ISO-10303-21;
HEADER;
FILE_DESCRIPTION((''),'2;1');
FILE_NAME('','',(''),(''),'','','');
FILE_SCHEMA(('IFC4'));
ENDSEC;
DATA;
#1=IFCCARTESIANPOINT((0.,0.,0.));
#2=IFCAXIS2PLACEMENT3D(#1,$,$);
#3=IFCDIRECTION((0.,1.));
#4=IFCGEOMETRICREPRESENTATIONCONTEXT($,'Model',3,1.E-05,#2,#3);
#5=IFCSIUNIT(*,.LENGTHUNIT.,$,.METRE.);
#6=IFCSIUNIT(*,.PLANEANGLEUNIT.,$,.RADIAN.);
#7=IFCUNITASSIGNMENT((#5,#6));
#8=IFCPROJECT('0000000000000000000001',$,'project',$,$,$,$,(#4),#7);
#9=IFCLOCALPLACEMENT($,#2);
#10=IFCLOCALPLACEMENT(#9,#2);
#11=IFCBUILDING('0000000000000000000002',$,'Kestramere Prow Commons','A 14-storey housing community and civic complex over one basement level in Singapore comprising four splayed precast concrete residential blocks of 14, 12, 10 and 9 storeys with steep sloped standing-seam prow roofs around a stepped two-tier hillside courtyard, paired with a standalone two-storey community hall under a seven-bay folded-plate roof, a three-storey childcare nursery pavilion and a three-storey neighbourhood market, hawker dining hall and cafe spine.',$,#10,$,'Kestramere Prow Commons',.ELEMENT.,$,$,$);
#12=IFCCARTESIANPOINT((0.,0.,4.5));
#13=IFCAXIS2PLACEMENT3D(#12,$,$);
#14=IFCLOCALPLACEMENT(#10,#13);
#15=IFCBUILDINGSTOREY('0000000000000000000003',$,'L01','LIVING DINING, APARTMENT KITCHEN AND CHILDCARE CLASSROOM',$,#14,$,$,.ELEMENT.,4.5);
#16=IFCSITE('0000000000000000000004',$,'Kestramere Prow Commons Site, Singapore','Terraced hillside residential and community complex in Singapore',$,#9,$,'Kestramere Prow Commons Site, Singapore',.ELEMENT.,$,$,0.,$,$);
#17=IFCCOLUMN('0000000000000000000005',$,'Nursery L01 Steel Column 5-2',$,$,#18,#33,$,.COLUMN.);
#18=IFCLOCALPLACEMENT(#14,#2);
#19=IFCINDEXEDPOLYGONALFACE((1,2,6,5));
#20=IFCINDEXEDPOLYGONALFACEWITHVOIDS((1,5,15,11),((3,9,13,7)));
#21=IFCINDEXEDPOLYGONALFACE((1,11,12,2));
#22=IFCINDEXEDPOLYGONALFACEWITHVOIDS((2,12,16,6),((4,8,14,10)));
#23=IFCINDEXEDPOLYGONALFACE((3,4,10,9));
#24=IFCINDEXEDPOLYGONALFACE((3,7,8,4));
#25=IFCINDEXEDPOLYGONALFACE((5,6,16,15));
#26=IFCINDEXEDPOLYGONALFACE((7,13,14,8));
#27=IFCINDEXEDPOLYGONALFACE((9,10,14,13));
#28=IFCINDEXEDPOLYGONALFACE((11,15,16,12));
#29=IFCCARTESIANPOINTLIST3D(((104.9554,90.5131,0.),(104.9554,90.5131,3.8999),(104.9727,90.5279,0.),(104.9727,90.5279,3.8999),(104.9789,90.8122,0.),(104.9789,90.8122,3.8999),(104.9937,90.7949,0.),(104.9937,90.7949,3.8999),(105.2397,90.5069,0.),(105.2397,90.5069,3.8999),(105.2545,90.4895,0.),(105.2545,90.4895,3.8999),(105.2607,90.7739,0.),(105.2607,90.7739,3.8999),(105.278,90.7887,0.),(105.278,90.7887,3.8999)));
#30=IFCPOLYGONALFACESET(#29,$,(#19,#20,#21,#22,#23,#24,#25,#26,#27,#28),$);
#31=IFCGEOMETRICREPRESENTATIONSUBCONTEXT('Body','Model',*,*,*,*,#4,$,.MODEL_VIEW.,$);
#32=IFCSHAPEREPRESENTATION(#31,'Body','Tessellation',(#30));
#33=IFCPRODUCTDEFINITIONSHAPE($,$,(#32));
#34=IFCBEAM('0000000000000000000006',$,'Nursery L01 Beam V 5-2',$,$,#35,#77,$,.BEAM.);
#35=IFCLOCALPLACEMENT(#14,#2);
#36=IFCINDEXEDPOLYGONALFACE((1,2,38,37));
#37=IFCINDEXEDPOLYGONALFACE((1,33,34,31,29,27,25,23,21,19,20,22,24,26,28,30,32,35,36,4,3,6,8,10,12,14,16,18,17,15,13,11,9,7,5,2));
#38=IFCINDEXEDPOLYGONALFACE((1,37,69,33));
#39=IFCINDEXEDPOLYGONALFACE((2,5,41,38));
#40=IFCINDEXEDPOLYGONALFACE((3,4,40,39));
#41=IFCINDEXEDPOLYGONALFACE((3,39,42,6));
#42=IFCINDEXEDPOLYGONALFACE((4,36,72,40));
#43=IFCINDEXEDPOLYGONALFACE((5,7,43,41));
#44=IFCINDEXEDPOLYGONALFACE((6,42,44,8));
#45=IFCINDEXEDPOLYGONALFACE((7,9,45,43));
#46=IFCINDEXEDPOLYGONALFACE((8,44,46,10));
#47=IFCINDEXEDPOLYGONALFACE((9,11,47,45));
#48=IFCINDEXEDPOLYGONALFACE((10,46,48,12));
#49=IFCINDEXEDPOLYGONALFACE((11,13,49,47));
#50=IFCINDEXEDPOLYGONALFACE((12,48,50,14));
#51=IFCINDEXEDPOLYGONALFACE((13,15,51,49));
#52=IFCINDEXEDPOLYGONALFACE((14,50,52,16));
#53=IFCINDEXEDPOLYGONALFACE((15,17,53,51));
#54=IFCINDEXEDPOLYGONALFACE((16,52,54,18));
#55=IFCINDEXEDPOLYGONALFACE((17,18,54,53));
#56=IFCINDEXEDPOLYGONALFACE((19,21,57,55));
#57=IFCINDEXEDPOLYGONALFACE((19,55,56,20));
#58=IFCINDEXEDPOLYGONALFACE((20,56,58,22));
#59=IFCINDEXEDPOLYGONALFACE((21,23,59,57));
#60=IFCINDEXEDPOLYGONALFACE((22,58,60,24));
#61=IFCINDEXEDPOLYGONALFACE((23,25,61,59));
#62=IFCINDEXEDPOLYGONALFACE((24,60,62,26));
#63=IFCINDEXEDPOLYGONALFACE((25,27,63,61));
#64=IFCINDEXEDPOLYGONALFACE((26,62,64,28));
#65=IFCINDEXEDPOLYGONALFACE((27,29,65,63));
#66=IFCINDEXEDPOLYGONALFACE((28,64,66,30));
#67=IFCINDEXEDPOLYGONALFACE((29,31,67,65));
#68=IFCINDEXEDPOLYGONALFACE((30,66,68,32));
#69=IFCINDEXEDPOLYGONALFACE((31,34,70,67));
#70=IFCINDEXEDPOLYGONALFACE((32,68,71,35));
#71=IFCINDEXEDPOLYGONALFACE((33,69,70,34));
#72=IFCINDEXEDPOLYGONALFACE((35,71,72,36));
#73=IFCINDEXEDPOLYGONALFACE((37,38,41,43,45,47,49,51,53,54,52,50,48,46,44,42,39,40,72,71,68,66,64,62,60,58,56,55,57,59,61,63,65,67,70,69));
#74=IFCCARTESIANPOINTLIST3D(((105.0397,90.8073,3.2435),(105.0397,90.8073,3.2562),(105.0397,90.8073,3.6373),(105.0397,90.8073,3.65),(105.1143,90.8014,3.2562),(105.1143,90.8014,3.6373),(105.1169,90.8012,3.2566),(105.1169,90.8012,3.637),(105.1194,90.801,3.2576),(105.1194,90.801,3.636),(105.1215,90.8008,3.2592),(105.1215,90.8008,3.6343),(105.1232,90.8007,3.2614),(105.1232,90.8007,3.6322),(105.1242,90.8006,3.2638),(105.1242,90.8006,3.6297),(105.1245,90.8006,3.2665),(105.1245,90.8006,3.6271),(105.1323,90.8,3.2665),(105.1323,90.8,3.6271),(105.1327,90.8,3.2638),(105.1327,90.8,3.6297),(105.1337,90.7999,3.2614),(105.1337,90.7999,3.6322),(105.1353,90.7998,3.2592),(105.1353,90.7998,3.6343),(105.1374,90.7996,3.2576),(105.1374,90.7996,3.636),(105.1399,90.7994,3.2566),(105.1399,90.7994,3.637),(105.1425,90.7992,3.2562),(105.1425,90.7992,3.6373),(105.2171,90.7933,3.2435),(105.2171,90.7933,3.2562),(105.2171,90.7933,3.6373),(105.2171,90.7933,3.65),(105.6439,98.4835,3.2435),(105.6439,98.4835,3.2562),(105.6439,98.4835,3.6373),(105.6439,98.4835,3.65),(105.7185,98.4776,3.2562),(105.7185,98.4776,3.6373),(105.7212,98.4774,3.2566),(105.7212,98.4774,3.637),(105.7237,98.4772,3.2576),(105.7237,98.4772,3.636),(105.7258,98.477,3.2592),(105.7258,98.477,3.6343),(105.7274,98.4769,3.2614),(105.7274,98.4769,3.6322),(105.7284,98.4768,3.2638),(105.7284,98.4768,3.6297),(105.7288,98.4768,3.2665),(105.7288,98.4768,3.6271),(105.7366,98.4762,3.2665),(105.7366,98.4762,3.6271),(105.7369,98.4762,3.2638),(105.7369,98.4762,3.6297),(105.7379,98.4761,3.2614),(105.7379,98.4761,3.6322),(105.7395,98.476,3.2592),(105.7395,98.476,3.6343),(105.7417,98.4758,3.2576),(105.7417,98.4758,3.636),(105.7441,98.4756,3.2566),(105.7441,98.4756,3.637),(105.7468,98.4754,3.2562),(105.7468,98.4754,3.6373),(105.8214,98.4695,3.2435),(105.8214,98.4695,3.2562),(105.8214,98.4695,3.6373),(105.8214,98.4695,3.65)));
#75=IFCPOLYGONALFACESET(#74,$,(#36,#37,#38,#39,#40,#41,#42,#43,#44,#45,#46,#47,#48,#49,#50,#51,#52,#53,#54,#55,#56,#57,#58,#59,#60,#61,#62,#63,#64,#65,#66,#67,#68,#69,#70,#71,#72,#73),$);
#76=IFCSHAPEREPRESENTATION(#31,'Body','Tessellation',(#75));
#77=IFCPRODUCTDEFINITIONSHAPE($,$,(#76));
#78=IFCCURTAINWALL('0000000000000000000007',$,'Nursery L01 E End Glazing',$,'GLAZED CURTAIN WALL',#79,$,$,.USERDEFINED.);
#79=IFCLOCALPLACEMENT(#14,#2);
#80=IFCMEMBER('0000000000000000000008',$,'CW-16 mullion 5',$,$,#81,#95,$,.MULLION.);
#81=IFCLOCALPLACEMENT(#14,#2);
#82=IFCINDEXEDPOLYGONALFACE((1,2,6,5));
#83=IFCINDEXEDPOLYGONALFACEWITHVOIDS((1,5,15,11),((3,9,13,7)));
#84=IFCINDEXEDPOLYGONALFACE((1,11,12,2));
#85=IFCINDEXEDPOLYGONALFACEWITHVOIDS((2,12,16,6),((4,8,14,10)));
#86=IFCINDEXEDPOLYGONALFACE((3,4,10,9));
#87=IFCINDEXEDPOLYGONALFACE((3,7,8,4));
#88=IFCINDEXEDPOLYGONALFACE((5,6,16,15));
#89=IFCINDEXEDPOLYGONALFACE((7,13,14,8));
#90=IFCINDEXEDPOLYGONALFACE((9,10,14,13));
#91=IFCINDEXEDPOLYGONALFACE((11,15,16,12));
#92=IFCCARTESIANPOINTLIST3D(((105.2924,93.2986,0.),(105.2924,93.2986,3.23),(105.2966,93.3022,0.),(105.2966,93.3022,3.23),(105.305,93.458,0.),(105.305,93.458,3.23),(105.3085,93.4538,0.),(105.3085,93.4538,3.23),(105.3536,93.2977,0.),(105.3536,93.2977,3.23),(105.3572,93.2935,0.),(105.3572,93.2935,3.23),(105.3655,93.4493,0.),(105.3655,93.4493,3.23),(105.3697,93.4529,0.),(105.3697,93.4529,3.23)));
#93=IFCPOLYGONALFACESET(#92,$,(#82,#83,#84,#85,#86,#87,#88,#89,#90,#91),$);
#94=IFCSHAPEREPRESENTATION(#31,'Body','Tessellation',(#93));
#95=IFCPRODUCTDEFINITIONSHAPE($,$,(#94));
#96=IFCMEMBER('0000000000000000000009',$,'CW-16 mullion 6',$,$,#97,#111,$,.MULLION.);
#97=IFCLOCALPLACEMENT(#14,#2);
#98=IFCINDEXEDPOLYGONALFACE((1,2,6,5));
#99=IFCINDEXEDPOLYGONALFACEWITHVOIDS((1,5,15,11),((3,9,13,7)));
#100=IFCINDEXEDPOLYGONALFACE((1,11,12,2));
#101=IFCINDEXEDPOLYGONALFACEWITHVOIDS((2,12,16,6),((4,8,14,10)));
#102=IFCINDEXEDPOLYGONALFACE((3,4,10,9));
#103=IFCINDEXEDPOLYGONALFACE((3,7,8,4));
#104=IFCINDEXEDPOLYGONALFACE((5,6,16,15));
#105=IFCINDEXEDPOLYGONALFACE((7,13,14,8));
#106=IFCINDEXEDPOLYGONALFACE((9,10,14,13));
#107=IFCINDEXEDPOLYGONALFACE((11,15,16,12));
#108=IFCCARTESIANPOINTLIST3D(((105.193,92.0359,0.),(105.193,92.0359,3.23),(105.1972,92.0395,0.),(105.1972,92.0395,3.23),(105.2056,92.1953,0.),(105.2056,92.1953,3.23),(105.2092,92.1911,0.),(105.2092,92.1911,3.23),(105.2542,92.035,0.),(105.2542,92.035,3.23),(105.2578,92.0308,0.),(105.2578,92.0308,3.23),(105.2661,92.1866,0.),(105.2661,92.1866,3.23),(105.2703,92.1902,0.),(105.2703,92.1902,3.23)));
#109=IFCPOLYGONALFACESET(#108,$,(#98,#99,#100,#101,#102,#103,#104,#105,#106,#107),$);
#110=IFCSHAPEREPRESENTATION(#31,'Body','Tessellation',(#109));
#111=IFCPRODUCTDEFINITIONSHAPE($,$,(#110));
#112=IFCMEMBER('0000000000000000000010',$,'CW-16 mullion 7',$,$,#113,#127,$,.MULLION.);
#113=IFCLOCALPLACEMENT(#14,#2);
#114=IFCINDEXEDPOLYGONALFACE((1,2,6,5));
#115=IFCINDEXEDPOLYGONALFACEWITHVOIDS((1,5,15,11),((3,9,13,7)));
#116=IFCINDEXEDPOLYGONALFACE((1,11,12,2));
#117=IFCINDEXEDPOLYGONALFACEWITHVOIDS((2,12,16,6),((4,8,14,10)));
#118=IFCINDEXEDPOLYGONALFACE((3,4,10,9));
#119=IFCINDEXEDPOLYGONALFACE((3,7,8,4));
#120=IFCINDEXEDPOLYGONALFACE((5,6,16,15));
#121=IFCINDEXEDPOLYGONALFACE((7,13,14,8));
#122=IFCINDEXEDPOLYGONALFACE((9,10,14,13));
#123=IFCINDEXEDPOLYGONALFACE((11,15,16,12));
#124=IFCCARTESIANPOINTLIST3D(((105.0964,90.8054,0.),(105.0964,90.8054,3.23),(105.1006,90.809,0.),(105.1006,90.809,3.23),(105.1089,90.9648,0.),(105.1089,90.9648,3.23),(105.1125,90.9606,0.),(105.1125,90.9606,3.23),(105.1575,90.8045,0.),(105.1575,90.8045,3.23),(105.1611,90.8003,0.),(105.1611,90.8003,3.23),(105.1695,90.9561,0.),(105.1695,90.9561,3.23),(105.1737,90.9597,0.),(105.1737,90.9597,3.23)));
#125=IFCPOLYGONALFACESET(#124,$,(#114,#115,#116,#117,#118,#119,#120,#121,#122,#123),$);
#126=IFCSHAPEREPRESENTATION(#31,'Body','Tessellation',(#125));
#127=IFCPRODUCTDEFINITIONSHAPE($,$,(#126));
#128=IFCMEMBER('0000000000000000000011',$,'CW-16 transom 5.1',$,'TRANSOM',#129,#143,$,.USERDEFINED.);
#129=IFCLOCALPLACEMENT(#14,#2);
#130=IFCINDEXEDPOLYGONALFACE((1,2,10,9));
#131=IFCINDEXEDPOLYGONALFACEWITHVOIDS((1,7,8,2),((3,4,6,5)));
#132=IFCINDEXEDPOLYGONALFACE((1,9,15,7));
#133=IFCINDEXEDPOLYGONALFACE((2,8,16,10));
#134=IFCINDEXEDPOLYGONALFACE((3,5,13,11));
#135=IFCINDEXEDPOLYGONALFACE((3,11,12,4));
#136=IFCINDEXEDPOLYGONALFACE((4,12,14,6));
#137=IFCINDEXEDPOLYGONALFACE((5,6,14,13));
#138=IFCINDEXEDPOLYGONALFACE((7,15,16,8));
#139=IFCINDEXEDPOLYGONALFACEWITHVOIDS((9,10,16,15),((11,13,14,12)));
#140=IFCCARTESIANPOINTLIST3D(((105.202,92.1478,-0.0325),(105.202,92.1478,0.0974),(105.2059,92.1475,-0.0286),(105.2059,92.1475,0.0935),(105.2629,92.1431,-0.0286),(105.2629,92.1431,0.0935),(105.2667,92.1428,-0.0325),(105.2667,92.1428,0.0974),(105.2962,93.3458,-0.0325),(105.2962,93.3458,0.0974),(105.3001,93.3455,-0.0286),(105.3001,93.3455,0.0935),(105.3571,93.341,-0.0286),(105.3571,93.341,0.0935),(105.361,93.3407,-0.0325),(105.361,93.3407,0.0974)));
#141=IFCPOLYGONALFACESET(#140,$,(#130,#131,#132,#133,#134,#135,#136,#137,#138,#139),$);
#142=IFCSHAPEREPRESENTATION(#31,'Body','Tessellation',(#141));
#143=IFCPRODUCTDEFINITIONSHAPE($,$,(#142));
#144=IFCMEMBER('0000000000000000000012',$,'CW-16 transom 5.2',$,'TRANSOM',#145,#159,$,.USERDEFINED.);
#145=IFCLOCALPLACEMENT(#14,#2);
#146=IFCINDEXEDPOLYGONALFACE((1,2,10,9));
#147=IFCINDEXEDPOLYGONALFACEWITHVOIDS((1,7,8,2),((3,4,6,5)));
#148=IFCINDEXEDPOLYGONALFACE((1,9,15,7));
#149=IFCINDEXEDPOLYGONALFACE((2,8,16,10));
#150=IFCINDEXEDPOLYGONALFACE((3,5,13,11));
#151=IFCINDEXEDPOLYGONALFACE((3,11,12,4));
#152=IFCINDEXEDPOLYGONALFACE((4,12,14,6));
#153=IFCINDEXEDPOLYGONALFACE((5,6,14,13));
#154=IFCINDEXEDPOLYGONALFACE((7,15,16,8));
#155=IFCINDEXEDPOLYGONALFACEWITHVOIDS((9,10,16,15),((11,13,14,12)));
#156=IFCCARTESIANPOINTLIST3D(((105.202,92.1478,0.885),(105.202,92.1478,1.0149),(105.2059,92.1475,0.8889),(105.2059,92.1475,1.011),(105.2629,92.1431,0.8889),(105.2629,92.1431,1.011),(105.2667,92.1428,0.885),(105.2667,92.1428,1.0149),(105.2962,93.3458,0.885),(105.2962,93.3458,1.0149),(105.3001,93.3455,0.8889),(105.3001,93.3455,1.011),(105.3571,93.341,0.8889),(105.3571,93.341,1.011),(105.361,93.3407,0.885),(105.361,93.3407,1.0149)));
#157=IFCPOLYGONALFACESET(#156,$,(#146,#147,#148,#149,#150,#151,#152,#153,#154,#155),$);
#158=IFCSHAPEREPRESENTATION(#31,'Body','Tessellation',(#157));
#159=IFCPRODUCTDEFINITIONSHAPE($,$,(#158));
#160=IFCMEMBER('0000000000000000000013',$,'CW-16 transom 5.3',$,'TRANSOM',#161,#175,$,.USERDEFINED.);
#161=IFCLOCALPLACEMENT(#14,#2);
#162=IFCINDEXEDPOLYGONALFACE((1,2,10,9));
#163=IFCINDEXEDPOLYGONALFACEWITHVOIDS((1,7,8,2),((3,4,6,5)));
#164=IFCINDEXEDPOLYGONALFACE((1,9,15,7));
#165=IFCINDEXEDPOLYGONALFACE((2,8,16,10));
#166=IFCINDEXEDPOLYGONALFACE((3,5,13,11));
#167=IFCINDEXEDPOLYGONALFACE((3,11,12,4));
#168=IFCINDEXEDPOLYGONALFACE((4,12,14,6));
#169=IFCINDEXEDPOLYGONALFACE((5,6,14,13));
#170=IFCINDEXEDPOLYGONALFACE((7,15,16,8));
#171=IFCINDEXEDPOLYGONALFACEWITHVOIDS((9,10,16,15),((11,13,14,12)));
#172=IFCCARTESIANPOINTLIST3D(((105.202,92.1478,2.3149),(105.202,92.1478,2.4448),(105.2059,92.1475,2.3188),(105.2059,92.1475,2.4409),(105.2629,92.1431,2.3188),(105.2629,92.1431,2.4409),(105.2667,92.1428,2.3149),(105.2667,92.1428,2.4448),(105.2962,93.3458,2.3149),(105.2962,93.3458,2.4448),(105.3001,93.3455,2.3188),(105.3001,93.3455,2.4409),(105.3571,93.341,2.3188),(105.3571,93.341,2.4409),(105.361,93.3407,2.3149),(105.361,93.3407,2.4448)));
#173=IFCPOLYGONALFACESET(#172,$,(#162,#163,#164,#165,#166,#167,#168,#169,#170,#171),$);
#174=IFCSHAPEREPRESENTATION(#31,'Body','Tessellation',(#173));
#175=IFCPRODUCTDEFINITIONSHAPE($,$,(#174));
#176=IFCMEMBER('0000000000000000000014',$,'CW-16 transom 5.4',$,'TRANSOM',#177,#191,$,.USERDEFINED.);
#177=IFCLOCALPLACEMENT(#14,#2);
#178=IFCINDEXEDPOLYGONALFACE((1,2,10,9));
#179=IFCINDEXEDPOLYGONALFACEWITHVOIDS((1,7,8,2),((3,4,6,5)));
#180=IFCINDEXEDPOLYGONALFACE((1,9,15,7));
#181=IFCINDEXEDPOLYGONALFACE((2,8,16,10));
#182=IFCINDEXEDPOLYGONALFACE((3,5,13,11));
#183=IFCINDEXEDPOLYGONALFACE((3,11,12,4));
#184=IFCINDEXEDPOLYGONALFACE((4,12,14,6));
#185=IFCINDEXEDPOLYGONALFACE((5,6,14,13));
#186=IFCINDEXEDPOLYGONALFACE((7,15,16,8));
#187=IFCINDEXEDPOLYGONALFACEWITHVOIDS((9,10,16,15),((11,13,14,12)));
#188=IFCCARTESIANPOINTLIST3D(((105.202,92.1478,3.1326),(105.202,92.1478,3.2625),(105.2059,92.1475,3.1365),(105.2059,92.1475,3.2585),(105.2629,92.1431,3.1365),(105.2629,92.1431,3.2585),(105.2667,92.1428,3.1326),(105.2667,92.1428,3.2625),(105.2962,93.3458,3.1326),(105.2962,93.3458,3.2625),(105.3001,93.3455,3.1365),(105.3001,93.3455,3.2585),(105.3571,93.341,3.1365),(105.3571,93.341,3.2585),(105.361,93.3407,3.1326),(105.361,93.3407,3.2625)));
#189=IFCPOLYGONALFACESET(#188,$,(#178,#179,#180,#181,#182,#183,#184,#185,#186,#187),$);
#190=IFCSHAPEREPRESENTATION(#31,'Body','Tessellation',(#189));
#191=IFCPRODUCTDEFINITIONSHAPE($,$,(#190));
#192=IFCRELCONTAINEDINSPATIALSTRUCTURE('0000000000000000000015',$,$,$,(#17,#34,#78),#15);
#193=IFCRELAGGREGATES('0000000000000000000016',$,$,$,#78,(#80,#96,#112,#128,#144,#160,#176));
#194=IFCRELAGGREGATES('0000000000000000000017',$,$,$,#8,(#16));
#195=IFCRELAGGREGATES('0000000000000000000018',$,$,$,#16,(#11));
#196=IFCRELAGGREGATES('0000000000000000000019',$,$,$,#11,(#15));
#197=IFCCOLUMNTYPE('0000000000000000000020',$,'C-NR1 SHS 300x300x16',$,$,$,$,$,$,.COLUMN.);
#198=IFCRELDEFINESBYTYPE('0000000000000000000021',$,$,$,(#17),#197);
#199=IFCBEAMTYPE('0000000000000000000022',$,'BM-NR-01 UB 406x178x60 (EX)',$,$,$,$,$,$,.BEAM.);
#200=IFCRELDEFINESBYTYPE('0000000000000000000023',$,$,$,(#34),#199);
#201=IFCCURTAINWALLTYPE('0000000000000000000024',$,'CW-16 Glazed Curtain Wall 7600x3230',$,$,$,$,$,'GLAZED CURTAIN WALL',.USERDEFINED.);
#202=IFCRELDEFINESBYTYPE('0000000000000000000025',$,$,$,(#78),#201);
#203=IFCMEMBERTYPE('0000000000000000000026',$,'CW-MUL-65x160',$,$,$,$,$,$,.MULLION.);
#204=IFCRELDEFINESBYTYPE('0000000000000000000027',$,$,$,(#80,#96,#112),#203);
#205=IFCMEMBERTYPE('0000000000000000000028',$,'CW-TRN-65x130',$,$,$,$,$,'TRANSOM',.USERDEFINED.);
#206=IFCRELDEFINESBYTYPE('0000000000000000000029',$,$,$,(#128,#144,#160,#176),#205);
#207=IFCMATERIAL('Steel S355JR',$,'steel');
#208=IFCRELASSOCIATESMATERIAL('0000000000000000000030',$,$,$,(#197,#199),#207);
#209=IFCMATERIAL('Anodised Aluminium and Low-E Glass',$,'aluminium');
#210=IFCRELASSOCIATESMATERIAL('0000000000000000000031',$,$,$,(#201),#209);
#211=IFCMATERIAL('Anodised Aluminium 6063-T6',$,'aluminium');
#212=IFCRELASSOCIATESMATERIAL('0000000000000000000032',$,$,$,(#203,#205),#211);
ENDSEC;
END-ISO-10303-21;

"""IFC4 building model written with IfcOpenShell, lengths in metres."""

from ifc_helpers import new_model, si_unit, direction, frame, origin, origin_2d, place, context, subcontext, project, spatial, hollow_rectangle, i_section, extrude, material, material_profile, profile_set, type_object, element, aggregate, save


model = new_model("IFC4")

# Units and contexts
model_context = context("Model", 3, precision=1e-05, world=origin(), true_north=direction((0.0, 1.0)))
body_context = subcontext(model_context, "Body", "Model", "MODEL_VIEW")
ifc_project = project(units=[si_unit("LENGTHUNIT", "METRE"), si_unit("PLANEANGLEUNIT", "RADIAN")], contexts=[model_context])

# Site, building, storey
site_placement = place(None, origin())
site = spatial("IfcSite", under=ifc_project, at=site_placement, Name="Kestramere Prow Commons Site, Singapore", Description="Terraced hillside residential and community complex in Singapore", LongName="Kestramere Prow Commons Site, Singapore", CompositionType="ELEMENT", RefElevation=0.0)
building_placement = place(site_placement, origin())
building = spatial("IfcBuilding", under=site, at=building_placement, Name="Kestramere Prow Commons", Description="A 14-storey housing community and civic complex over one basement level in Singapore comprising four splayed precast concrete residential blocks of 14, 12, 10 and 9 storeys with steep sloped standing-seam prow roofs around a stepped two-tier hillside courtyard, paired with a standalone two-storey community hall under a seven-bay folded-plate roof, a three-storey childcare nursery pavilion and a three-storey neighbourhood market, hawker dining hall and cafe spine.", LongName="Kestramere Prow Commons", CompositionType="ELEMENT")
storey_placement = place(building_placement, frame((0.0, 0.0, 4.5)))
storey = spatial("IfcBuildingStorey", under=building, at=storey_placement, Name="L01", Description="LIVING DINING, APARTMENT KITCHEN AND CHILDCARE CLASSROOM", CompositionType="ELEMENT", Elevation=4.5)

# Column
ifc_material_1 = material(Name="Steel S355JR", Category="steel")
ifc_material_profile_1 = material_profile(ifc_material_1, hollow_rectangle(XDim=0.3, YDim=0.3, WallThickness=0.0161, at=origin_2d()), Name="SHS 300x300x16")
ifc_profile_set_1 = profile_set([ifc_material_profile_1], Name="Steel S355JR")
column_type = type_object("IfcColumnType", Name="C-NR1 SHS 300x300x16", PredefinedType="COLUMN", material=ifc_profile_set_1)
column_placement = place(storey_placement, frame((105.1167, 90.6509, 0.0), z_axis=(0.0, 0.0, 1.0), x_axis=(0.996917, -0.078459, 0.0)))
element("IfcColumn", 1, at=column_placement, inside=storey, type_object=column_type, Name="Nursery L01 Steel Column 5-2", PredefinedType="COLUMN", context=body_context, shape_type="SweptSolid", body=[
    extrude(hollow_rectangle(XDim=0.3, YDim=0.3, WallThickness=0.0161, at=origin_2d()), origin(), (0.0, 0.0, 1.0), 3.8999),
])

# Beam
ifc_material_profile_2 = material_profile(ifc_material_1, i_section(OverallWidth=0.178, OverallDepth=0.4065, WebThickness=0.0078, FlangeThickness=0.0127, FilletRadius=0.0103, at=origin_2d()), Name="UB 406x178x60")
ifc_profile_set_2 = profile_set([ifc_material_profile_2], Name="Steel S355JR")
beam_type = type_object("IfcBeamType", Name="BM-NR-01 UB 406x178x60 (EX)", PredefinedType="BEAM", material=ifc_profile_set_2)
beam_placement = place(storey_placement, frame((105.1284, 90.8003, 3.4468), z_axis=(0.078474, 0.996916, 0.0), x_axis=(-0.996916, 0.078474, 0.0)))
element("IfcBeam", 2, at=beam_placement, inside=storey, type_object=beam_type, Name="Nursery L01 Beam V 5-2", PredefinedType="BEAM", context=body_context, shape_type="SweptSolid", body=[
    extrude(i_section(OverallWidth=0.178, OverallDepth=0.4065, WebThickness=0.0078, FlangeThickness=0.0127, FilletRadius=0.0103, at=origin_2d()), origin(), (0.0, 0.0, 1.0), 7.7),
])

# Curtain wall, members
ifc_material_2 = material(Name="Anodised Aluminium and Low-E Glass", Category="aluminium")
curtain_wall_type = type_object("IfcCurtainWallType", Name="CW-16 Glazed Curtain Wall 7600x3230", ElementType="GLAZED CURTAIN WALL", PredefinedType="USERDEFINED", material=ifc_material_2)
curtain_wall_placement = place(storey_placement, origin())
curtain_wall = element("IfcCurtainWall", 3, at=curtain_wall_placement, inside=storey, type_object=curtain_wall_type, Name="Nursery L01 E End Glazing", ObjectType="GLAZED CURTAIN WALL", PredefinedType="USERDEFINED")
ifc_material_3 = material(Name="Anodised Aluminium 6063-T6", Category="aluminium")
ifc_material_profile_3 = material_profile(ifc_material_3, hollow_rectangle(XDim=0.0649, YDim=0.1599, WallThickness=0.0039, at=origin_2d()), Name="ALU-MUL 65x160")
ifc_profile_set_3 = profile_set([ifc_material_profile_3], Name="Anodised Aluminium 6063-T6")
member_type_1 = type_object("IfcMemberType", Name="CW-MUL-65x160", PredefinedType="MULLION", material=ifc_profile_set_3)
member_1_placement = place(storey_placement, frame((105.3311, 93.3757, 0.0), z_axis=(0.0, 0.0, 1.0), x_axis=(0.996917, -0.078459, 0.0)))
member_1 = element("IfcMember", 4, at=member_1_placement, type_object=member_type_1, Name="CW-16 mullion 5", PredefinedType="MULLION", context=body_context, shape_type="SweptSolid", body=[
    extrude(hollow_rectangle(XDim=0.0649, YDim=0.1599, WallThickness=0.0039, at=origin_2d()), origin(), (0.0, 0.0, 1.0), 3.23),
])
member_2_placement = place(storey_placement, frame((105.2317, 92.113, 0.0), z_axis=(0.0, 0.0, 1.0), x_axis=(0.996917, -0.078459, 0.0)))
member_2 = element("IfcMember", 5, at=member_2_placement, type_object=member_type_1, Name="CW-16 mullion 6", PredefinedType="MULLION", context=body_context, shape_type="SweptSolid", body=[
    extrude(hollow_rectangle(XDim=0.0649, YDim=0.1599, WallThickness=0.0039, at=origin_2d()), origin(), (0.0, 0.0, 1.0), 3.23),
])
member_3_placement = place(storey_placement, frame((105.135, 90.8826, 0.0), z_axis=(0.0, 0.0, 1.0), x_axis=(0.996917, -0.078459, 0.0)))
member_3 = element("IfcMember", 6, at=member_3_placement, type_object=member_type_1, Name="CW-16 mullion 7", PredefinedType="MULLION", context=body_context, shape_type="SweptSolid", body=[
    extrude(hollow_rectangle(XDim=0.0649, YDim=0.1599, WallThickness=0.0039, at=origin_2d()), origin(), (0.0, 0.0, 1.0), 3.23),
])
ifc_material_profile_4 = material_profile(ifc_material_3, hollow_rectangle(XDim=0.0649, YDim=0.1299, WallThickness=0.0039, at=origin_2d()), Name="ALU-TRN 65x130")
ifc_profile_set_4 = profile_set([ifc_material_profile_4], Name="Anodised Aluminium 6063-T6")
member_type_2 = type_object("IfcMemberType", Name="CW-TRN-65x130", ElementType="TRANSOM", PredefinedType="USERDEFINED", material=ifc_profile_set_4)
member_4_placement = place(storey_placement, frame((105.3286, 93.3433, 0.0325), z_axis=(-0.078421, -0.99692, 0.0), x_axis=(0.99692, -0.078421, 0.0)))
member_4 = element("IfcMember", 7, at=member_4_placement, type_object=member_type_2, Name="CW-16 transom 5.1", ObjectType="TRANSOM", PredefinedType="USERDEFINED", context=body_context, shape_type="SweptSolid", body=[
    extrude(hollow_rectangle(XDim=0.0649, YDim=0.1299, WallThickness=0.0039, at=origin_2d()), origin(), (0.0, 0.0, 1.0), 1.2017),
])
member_5_placement = place(storey_placement, frame((105.3286, 93.3433, 0.95), z_axis=(-0.078421, -0.99692, 0.0), x_axis=(0.99692, -0.078421, 0.0)))
member_5 = element("IfcMember", 8, at=member_5_placement, type_object=member_type_2, Name="CW-16 transom 5.2", ObjectType="TRANSOM", PredefinedType="USERDEFINED", context=body_context, shape_type="SweptSolid", body=[
    extrude(hollow_rectangle(XDim=0.0649, YDim=0.1299, WallThickness=0.0039, at=origin_2d()), origin(), (0.0, 0.0, 1.0), 1.2017),
])
member_6_placement = place(storey_placement, frame((105.3286, 93.3433, 2.3799), z_axis=(-0.078421, -0.99692, 0.0), x_axis=(0.99692, -0.078421, 0.0)))
member_6 = element("IfcMember", 9, at=member_6_placement, type_object=member_type_2, Name="CW-16 transom 5.3", ObjectType="TRANSOM", PredefinedType="USERDEFINED", context=body_context, shape_type="SweptSolid", body=[
    extrude(hollow_rectangle(XDim=0.0649, YDim=0.1299, WallThickness=0.0039, at=origin_2d()), origin(), (0.0, 0.0, 1.0), 1.2017),
])
member_7_placement = place(storey_placement, frame((105.3286, 93.3433, 3.1975), z_axis=(-0.078421, -0.99692, 0.0), x_axis=(0.99692, -0.078421, 0.0)))
member_7 = element("IfcMember", 10, at=member_7_placement, type_object=member_type_2, Name="CW-16 transom 5.4", ObjectType="TRANSOM", PredefinedType="USERDEFINED", context=body_context, shape_type="SweptSolid", body=[
    extrude(hollow_rectangle(XDim=0.0649, YDim=0.1299, WallThickness=0.0039, at=origin_2d()), origin(), (0.0, 0.0, 1.0), 1.2017),
])
aggregate(curtain_wall, [member_1, member_2, member_3, member_4, member_5, member_6, member_7])

save(model, "model.ifc")
